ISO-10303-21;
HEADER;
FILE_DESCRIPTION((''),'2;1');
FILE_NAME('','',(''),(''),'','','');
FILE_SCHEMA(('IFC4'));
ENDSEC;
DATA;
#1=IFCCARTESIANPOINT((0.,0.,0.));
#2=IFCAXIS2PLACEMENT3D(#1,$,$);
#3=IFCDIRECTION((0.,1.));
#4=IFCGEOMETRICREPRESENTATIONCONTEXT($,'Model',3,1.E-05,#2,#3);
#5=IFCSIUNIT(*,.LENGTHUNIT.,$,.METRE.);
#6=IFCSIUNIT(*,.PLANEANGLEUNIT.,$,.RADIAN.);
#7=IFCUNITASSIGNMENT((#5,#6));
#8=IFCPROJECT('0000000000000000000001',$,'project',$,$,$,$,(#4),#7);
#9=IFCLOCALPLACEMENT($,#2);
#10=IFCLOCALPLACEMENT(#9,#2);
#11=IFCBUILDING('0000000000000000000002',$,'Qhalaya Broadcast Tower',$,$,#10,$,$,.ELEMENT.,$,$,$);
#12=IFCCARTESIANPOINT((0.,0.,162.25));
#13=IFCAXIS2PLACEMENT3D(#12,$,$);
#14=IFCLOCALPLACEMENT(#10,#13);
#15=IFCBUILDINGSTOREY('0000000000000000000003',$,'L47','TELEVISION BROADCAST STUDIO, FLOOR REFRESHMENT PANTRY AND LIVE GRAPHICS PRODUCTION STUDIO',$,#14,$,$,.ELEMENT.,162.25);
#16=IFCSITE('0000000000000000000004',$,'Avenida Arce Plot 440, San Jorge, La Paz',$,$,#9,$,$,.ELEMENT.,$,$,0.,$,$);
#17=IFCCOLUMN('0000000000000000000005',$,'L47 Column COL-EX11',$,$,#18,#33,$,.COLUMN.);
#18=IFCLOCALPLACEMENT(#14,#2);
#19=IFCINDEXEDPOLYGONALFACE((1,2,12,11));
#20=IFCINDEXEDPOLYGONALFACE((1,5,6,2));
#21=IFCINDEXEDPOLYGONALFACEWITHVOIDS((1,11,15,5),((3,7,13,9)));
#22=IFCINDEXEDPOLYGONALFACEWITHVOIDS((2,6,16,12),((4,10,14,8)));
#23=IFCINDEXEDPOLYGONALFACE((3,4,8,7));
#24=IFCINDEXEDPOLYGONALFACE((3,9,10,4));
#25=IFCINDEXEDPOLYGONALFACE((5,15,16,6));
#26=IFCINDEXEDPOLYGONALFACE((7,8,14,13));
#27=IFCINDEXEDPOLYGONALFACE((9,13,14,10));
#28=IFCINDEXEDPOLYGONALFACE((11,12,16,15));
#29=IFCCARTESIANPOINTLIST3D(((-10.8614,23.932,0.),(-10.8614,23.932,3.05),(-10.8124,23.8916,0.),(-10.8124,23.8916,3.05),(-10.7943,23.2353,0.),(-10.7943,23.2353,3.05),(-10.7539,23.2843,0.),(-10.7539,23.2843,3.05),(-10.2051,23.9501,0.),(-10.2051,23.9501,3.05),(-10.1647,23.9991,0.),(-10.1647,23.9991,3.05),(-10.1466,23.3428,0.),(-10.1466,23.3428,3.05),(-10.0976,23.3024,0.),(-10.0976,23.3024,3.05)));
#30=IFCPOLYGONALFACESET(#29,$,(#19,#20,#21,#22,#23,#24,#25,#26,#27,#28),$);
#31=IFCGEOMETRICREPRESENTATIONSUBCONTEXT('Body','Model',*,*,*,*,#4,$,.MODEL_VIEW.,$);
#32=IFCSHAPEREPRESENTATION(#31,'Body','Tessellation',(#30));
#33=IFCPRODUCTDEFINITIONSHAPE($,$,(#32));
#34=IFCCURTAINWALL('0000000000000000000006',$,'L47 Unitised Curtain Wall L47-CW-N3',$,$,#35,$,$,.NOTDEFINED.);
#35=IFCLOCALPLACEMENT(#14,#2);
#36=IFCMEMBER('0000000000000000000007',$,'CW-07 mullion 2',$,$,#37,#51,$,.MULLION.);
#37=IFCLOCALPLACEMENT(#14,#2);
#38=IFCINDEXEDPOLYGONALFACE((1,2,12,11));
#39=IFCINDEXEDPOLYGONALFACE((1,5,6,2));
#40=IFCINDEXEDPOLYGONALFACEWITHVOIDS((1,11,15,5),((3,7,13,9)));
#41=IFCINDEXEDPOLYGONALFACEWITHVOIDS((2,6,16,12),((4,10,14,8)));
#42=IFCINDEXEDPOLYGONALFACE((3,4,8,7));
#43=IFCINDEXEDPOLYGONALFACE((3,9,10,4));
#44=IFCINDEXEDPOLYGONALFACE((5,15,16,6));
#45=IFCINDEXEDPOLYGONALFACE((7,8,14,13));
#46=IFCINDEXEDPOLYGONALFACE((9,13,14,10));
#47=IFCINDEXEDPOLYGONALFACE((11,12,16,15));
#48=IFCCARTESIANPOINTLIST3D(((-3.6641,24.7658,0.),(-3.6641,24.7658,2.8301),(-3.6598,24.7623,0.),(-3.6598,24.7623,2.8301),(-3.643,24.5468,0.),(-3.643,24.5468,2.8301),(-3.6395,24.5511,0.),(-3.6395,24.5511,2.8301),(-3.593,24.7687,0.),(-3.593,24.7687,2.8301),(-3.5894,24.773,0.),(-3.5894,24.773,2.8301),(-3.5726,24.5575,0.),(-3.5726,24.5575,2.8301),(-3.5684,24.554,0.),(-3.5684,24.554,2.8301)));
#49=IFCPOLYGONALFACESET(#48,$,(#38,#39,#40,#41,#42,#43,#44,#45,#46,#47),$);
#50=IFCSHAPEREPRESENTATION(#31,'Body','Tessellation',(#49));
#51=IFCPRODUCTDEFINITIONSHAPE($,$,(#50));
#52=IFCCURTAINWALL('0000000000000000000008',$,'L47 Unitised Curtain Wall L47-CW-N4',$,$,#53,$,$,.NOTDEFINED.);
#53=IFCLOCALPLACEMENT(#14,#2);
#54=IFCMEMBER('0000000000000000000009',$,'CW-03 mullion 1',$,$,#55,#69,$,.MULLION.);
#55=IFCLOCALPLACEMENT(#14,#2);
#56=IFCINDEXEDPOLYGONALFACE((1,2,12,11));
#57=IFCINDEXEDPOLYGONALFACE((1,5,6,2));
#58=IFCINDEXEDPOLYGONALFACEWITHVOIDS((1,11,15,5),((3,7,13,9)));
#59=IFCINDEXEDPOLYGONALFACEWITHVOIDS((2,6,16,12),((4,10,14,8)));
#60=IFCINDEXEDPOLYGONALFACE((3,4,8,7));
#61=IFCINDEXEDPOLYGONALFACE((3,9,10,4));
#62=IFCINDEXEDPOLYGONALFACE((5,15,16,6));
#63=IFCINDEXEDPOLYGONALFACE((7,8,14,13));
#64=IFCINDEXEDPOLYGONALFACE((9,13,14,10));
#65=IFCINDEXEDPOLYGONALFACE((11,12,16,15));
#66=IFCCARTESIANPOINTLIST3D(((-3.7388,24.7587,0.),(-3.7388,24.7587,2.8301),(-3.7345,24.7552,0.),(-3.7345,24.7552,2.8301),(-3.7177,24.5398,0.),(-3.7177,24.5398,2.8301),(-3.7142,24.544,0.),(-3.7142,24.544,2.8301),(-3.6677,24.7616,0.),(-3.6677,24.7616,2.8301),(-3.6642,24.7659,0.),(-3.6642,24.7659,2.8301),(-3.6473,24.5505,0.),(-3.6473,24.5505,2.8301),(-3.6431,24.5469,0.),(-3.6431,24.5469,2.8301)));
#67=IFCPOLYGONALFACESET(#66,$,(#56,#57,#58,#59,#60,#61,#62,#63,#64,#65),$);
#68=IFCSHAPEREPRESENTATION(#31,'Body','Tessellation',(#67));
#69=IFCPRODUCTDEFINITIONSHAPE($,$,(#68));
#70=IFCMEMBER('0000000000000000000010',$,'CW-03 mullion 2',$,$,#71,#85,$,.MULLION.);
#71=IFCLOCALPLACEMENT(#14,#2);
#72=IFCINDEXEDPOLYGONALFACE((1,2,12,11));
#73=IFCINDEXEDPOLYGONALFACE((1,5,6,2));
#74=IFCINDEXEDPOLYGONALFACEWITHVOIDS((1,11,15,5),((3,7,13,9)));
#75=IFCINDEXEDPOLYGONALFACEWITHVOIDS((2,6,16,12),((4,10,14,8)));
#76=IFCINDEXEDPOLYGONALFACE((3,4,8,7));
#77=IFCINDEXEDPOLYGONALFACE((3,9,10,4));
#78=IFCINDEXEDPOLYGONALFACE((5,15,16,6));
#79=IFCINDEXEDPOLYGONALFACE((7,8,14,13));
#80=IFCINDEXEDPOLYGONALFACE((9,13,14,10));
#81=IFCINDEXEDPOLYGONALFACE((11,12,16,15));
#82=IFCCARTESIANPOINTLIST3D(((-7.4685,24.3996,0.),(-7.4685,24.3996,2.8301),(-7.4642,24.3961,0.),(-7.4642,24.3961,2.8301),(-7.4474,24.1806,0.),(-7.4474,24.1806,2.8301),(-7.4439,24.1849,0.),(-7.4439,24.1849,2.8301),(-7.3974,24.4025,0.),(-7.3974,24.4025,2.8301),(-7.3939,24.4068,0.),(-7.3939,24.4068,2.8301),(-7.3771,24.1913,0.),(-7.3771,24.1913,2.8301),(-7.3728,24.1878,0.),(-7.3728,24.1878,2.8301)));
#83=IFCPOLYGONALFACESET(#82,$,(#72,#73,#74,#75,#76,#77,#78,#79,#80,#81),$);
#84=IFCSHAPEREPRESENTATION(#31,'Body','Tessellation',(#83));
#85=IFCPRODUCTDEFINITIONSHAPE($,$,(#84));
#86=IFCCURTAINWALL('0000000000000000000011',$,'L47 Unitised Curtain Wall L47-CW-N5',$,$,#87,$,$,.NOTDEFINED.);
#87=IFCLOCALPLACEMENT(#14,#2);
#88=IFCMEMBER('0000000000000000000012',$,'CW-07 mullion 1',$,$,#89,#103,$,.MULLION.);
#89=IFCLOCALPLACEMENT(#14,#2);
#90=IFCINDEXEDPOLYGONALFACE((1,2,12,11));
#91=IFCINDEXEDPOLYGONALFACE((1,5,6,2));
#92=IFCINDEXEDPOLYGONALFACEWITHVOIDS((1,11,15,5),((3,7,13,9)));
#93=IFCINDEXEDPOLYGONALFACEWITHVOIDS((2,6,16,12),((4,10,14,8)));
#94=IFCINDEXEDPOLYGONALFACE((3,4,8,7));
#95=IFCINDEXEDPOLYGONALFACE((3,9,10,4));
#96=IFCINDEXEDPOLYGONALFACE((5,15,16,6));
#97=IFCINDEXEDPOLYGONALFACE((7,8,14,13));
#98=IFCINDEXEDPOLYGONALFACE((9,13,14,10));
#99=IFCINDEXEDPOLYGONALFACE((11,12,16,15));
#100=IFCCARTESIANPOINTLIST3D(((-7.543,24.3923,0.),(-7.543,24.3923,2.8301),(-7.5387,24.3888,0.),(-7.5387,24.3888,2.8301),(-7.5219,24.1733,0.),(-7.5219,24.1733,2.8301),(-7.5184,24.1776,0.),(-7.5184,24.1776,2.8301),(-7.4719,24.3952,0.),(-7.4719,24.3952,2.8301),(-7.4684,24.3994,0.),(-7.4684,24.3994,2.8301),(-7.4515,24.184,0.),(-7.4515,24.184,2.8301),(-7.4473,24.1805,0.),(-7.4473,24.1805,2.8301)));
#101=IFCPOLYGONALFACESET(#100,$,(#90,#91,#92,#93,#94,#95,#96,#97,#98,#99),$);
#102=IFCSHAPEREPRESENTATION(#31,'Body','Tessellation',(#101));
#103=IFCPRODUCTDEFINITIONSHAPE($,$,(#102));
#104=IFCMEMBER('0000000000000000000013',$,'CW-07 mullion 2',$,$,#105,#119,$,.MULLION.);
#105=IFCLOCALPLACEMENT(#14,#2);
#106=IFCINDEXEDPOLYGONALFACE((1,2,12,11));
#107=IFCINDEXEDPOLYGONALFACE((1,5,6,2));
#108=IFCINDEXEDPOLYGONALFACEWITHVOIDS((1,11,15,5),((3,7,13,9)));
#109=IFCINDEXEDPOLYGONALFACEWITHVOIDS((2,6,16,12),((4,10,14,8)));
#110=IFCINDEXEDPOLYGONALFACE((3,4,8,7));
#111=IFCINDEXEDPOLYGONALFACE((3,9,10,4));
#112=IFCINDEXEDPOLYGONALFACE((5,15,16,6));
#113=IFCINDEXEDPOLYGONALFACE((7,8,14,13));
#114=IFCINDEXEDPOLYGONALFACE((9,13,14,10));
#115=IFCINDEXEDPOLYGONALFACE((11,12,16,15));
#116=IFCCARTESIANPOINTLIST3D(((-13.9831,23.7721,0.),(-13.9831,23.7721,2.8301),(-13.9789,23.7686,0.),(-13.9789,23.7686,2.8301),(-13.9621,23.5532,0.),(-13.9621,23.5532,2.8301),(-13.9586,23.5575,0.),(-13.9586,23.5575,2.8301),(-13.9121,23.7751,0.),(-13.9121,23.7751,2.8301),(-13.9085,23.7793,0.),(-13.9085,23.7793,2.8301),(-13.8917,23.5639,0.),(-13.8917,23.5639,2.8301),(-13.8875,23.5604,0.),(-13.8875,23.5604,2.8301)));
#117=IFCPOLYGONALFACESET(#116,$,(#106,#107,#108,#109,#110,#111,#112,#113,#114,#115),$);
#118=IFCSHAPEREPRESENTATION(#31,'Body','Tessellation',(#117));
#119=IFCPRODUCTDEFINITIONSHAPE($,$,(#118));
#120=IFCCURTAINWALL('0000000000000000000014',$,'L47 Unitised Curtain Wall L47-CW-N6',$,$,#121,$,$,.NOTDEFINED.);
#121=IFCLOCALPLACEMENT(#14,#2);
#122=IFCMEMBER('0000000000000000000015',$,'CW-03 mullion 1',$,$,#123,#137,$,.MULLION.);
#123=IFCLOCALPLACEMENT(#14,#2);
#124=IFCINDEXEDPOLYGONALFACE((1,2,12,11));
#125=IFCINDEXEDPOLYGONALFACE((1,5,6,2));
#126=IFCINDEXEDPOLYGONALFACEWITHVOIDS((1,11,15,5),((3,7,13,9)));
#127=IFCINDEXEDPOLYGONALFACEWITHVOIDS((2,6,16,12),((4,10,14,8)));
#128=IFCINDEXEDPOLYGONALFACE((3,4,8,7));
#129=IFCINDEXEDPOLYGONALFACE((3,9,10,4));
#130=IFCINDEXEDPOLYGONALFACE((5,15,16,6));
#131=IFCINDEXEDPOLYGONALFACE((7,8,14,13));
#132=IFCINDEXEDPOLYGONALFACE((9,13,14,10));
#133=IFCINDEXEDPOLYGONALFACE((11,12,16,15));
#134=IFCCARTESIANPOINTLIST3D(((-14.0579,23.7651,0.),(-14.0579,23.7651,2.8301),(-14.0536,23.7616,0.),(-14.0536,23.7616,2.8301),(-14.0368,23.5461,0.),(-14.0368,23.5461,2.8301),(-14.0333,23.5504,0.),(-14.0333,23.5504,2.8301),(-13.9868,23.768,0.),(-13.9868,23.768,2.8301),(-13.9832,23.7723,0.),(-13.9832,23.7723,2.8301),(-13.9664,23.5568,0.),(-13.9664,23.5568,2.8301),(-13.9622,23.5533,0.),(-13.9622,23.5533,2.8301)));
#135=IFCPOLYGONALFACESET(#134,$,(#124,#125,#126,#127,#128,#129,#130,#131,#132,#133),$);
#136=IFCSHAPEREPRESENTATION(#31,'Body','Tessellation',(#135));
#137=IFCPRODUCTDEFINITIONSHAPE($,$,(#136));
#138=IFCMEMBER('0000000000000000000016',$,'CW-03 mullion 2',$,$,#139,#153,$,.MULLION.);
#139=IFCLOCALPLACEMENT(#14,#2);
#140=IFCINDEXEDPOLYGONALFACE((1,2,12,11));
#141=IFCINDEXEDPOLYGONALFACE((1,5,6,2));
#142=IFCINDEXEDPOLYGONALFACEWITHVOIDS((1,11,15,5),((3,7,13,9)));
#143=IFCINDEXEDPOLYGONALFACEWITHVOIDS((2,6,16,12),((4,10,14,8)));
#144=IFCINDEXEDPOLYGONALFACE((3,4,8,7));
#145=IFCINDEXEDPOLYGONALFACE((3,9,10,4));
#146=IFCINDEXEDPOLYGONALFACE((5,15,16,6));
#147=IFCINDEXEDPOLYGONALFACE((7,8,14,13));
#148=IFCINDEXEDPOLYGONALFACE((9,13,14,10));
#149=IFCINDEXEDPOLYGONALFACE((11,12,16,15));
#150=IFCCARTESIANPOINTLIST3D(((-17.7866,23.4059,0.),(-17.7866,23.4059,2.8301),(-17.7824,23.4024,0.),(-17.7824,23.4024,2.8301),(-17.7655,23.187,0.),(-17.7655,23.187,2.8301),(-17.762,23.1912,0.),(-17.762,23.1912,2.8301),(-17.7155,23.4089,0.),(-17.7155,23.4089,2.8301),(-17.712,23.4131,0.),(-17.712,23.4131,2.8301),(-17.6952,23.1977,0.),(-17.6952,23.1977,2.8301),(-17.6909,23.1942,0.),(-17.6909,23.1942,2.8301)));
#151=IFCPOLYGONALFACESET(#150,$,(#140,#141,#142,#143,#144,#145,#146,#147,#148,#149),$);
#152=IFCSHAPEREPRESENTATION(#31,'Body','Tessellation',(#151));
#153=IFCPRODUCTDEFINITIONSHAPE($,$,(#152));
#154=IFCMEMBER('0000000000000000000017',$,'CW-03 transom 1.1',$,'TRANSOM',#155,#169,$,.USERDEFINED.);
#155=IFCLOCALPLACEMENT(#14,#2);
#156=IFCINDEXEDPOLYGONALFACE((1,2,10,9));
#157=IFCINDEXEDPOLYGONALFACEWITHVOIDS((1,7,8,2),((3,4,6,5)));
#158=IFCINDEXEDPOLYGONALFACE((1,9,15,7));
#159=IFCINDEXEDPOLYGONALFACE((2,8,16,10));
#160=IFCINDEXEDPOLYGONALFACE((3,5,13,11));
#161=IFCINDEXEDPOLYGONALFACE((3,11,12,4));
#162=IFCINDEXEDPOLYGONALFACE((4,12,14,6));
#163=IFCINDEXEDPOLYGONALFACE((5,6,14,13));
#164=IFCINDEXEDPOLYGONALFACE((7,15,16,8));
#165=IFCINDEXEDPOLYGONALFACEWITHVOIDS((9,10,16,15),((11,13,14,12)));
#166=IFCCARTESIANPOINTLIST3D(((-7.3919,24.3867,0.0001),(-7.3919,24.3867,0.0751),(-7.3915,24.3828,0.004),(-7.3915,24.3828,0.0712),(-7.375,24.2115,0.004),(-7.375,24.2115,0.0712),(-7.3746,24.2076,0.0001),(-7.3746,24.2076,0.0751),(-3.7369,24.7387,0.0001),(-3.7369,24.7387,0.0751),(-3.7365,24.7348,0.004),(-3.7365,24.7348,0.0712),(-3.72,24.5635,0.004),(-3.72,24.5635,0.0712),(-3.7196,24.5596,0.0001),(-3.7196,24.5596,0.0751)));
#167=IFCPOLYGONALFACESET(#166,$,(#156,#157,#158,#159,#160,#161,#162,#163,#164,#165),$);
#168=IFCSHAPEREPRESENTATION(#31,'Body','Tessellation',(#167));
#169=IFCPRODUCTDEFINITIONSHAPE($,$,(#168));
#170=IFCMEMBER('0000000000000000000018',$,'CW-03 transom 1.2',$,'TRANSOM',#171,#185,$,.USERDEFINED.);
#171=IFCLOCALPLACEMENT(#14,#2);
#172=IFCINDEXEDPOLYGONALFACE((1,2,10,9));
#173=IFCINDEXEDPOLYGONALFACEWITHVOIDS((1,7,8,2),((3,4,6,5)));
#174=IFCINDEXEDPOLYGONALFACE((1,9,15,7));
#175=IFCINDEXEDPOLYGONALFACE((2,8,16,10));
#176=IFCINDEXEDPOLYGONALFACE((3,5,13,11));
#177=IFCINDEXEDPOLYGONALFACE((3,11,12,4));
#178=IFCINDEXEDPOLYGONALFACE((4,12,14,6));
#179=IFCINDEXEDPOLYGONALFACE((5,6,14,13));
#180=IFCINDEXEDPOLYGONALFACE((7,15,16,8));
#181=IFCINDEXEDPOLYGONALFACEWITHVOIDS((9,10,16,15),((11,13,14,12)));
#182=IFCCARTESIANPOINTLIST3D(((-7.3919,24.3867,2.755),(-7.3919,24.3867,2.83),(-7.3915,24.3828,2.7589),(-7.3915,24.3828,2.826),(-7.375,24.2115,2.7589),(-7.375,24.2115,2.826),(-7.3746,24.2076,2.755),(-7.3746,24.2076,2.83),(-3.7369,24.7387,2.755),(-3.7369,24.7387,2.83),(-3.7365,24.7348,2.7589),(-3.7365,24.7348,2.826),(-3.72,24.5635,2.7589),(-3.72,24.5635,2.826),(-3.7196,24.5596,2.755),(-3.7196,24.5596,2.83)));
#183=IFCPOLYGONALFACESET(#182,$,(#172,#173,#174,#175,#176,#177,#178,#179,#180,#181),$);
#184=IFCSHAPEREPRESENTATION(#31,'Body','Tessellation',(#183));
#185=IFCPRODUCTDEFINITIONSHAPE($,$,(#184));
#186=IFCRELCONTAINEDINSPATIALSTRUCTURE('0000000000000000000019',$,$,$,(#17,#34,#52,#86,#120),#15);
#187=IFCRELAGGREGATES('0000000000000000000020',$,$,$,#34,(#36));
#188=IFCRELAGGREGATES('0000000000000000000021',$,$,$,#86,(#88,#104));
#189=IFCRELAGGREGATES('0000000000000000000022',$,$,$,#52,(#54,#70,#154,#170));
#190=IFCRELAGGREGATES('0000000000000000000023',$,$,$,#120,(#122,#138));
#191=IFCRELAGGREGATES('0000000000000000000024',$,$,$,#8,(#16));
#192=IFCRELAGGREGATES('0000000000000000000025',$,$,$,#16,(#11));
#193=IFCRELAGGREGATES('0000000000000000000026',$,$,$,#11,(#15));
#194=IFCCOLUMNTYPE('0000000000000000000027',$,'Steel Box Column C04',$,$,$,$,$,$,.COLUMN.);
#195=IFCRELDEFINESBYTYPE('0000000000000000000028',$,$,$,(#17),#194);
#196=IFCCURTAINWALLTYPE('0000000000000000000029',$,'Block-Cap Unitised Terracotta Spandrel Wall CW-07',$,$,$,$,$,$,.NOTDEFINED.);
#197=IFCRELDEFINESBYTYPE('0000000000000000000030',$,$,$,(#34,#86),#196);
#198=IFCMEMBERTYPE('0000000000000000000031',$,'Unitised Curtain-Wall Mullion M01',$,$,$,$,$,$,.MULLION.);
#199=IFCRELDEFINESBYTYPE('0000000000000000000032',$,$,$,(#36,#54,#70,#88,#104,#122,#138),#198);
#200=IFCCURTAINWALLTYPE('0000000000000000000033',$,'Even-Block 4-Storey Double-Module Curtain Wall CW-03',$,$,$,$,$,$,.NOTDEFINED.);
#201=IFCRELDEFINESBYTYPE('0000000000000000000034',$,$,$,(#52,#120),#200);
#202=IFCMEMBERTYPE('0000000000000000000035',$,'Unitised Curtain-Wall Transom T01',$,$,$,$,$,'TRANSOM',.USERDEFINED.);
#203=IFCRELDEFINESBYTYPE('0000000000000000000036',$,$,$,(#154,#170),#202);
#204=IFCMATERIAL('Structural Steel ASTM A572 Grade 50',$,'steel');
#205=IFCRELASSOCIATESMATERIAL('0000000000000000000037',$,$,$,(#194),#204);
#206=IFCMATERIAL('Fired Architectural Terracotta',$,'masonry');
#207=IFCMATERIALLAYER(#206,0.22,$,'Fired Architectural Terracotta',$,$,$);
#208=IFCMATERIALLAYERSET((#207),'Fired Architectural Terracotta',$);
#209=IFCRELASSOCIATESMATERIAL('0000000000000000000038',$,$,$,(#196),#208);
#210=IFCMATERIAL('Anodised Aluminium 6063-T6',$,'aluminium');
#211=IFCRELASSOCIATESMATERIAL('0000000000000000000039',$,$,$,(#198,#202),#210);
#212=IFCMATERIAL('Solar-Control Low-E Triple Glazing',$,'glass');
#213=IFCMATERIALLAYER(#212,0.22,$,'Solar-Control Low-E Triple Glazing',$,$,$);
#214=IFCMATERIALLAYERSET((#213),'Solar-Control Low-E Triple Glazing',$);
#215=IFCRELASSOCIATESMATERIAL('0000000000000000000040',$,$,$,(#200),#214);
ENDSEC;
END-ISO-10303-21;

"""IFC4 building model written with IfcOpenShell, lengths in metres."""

from ifc_helpers import new_model, si_unit, direction, frame, origin, origin_2d, place, context, subcontext, project, spatial, hollow_rectangle, extrude, material, layer, layer_set, material_profile, profile_set, type_object, element, aggregate, save


model = new_model("IFC4")

# Units and contexts
model_context = context("Model", 3, precision=1e-05, world=origin(), true_north=direction((0.0, 1.0)))
body_context = subcontext(model_context, "Body", "Model", "MODEL_VIEW")
ifc_project = project(units=[si_unit("LENGTHUNIT", "METRE"), si_unit("PLANEANGLEUNIT", "RADIAN")], contexts=[model_context])

# Site, building, storey
site_placement = place(None, origin())
site = spatial("IfcSite", under=ifc_project, at=site_placement, Name="Avenida Arce Plot 440, San Jorge, La Paz", CompositionType="ELEMENT", RefElevation=0.0)
building_placement = place(site_placement, origin())
building = spatial("IfcBuilding", under=site, at=building_placement, Name="Qhalaya Broadcast Tower", CompositionType="ELEMENT")
storey_placement = place(building_placement, frame((0.0, 0.0, 162.25)))
storey = spatial("IfcBuildingStorey", under=building, at=storey_placement, Name="L47", Description="TELEVISION BROADCAST STUDIO, FLOOR REFRESHMENT PANTRY AND LIVE GRAPHICS PRODUCTION STUDIO", CompositionType="ELEMENT", Elevation=162.25)

# Column
ifc_material_1 = material(Name="Structural Steel ASTM A572 Grade 50", Category="steel")
ifc_material_profile_1 = material_profile(ifc_material_1, hollow_rectangle(XDim=0.7, YDim=0.7, WallThickness=0.0449, at=origin_2d()), Name="BOX 700x700x45")
ifc_profile_set_1 = profile_set([ifc_material_profile_1], Name="Structural Steel ASTM A572 Grade 50")
column_type = type_object("IfcColumnType", Name="Steel Box Column C04", PredefinedType="COLUMN", material=ifc_profile_set_1)
column_placement = place(storey_placement, frame((-10.4795, 23.6172, 0.0), z_axis=(0.0, 0.0, 1.0), x_axis=(0.995396, 0.095846, 0.0)))
element("IfcColumn", 1, at=column_placement, inside=storey, type_object=column_type, Name="L47 Column COL-EX11", PredefinedType="COLUMN", context=body_context, shape_type="SweptSolid", body=[
    extrude(hollow_rectangle(XDim=0.7, YDim=0.7, WallThickness=0.0449, at=origin_2d()), origin(), (0.0, 0.0, 1.0), 3.05),
])

# Curtain wall, member
ifc_material_2 = material(Name="Fired Architectural Terracotta", Category="masonry")
ifc_layer_1 = layer(ifc_material_2, 0.22, Name="Fired Architectural Terracotta")
ifc_layer_set_1 = layer_set([ifc_layer_1], Name="Fired Architectural Terracotta")
curtain_wall_type_1 = type_object("IfcCurtainWallType", Name="Block-Cap Unitised Terracotta Spandrel Wall CW-07", PredefinedType="NOTDEFINED", material=ifc_layer_set_1)
curtain_wall_1_placement = place(storey_placement, origin())
curtain_wall_1 = element("IfcCurtainWall", 2, at=curtain_wall_1_placement, inside=storey, type_object=curtain_wall_type_1, Name="L47 Unitised Curtain Wall L47-CW-N3", PredefinedType="NOTDEFINED")
ifc_material_3 = material(Name="Anodised Aluminium 6063-T6", Category="aluminium")
ifc_material_profile_2 = material_profile(ifc_material_3, hollow_rectangle(XDim=0.075, YDim=0.22, WallThickness=0.0039, at=origin_2d()), Name="ALU-MUL 75x220x4")
ifc_profile_set_2 = profile_set([ifc_material_profile_2], Name="Anodised Aluminium 6063-T6")
member_type_1 = type_object("IfcMemberType", Name="Unitised Curtain-Wall Mullion M01", PredefinedType="MULLION", material=ifc_profile_set_2)
member_1_placement = place(storey_placement, frame((-3.6162, 24.6599, 0.0), z_axis=(0.0, 0.0, 1.0), x_axis=(-0.995396, -0.095844, 0.0)))
member_1 = element("IfcMember", 3, at=member_1_placement, type_object=member_type_1, Name="CW-07 mullion 2", PredefinedType="MULLION", context=body_context, shape_type="SweptSolid", body=[
    extrude(hollow_rectangle(XDim=0.075, YDim=0.22, WallThickness=0.0039, at=origin_2d()), origin(), (0.0, 0.0, 1.0), 2.8301),
])
aggregate(curtain_wall_1, [member_1])

# Curtain walls, members
ifc_material_4 = material(Name="Solar-Control Low-E Triple Glazing", Category="glass")
ifc_layer_2 = layer(ifc_material_4, 0.22, Name="Solar-Control Low-E Triple Glazing")
ifc_layer_set_2 = layer_set([ifc_layer_2], Name="Solar-Control Low-E Triple Glazing")
curtain_wall_type_2 = type_object("IfcCurtainWallType", Name="Even-Block 4-Storey Double-Module Curtain Wall CW-03", PredefinedType="NOTDEFINED", material=ifc_layer_set_2)
curtain_wall_2_placement = place(storey_placement, origin())
curtain_wall_2 = element("IfcCurtainWall", 4, at=curtain_wall_2_placement, inside=storey, type_object=curtain_wall_type_2, Name="L47 Unitised Curtain Wall L47-CW-N4", PredefinedType="NOTDEFINED")
member_2_placement = place(storey_placement, frame((-3.6909, 24.6528, 0.0), z_axis=(0.0, 0.0, 1.0), x_axis=(-0.995394, -0.095866, 0.0)))
member_2 = element("IfcMember", 5, at=member_2_placement, type_object=member_type_1, Name="CW-03 mullion 1", PredefinedType="MULLION", context=body_context, shape_type="SweptSolid", body=[
    extrude(hollow_rectangle(XDim=0.075, YDim=0.22, WallThickness=0.0039, at=origin_2d()), origin(), (0.0, 0.0, 1.0), 2.8301),
])
member_3_placement = place(storey_placement, frame((-7.4207, 24.2937, 0.0), z_axis=(0.0, 0.0, 1.0), x_axis=(-0.995394, -0.095866, 0.0)))
member_3 = element("IfcMember", 6, at=member_3_placement, type_object=member_type_1, Name="CW-03 mullion 2", PredefinedType="MULLION", context=body_context, shape_type="SweptSolid", body=[
    extrude(hollow_rectangle(XDim=0.075, YDim=0.22, WallThickness=0.0039, at=origin_2d()), origin(), (0.0, 0.0, 1.0), 2.8301),
])
curtain_wall_3_placement = place(storey_placement, origin())
curtain_wall_3 = element("IfcCurtainWall", 7, at=curtain_wall_3_placement, inside=storey, type_object=curtain_wall_type_1, Name="L47 Unitised Curtain Wall L47-CW-N5", PredefinedType="NOTDEFINED")
member_4_placement = place(storey_placement, frame((-7.4951, 24.2864, 0.0), z_axis=(0.0, 0.0, 1.0), x_axis=(-0.995396, -0.095845, 0.0)))
member_4 = element("IfcMember", 8, at=member_4_placement, type_object=member_type_1, Name="CW-07 mullion 1", PredefinedType="MULLION", context=body_context, shape_type="SweptSolid", body=[
    extrude(hollow_rectangle(XDim=0.075, YDim=0.22, WallThickness=0.0039, at=origin_2d()), origin(), (0.0, 0.0, 1.0), 2.8301),
])
member_5_placement = place(storey_placement, frame((-13.9353, 23.6663, 0.0), z_axis=(0.0, 0.0, 1.0), x_axis=(-0.995396, -0.095845, 0.0)))
member_5 = element("IfcMember", 9, at=member_5_placement, type_object=member_type_1, Name="CW-07 mullion 2", PredefinedType="MULLION", context=body_context, shape_type="SweptSolid", body=[
    extrude(hollow_rectangle(XDim=0.075, YDim=0.22, WallThickness=0.0039, at=origin_2d()), origin(), (0.0, 0.0, 1.0), 2.8301),
])
curtain_wall_4_placement = place(storey_placement, origin())
curtain_wall_4 = element("IfcCurtainWall", 10, at=curtain_wall_4_placement, inside=storey, type_object=curtain_wall_type_2, Name="L47 Unitised Curtain Wall L47-CW-N6", PredefinedType="NOTDEFINED")
member_6_placement = place(storey_placement, frame((-14.01, 23.6592, 0.0), z_axis=(0.0, 0.0, 1.0), x_axis=(-0.995397, -0.095839, 0.0)))
member_6 = element("IfcMember", 11, at=member_6_placement, type_object=member_type_1, Name="CW-03 mullion 1", PredefinedType="MULLION", context=body_context, shape_type="SweptSolid", body=[
    extrude(hollow_rectangle(XDim=0.075, YDim=0.22, WallThickness=0.0039, at=origin_2d()), origin(), (0.0, 0.0, 1.0), 2.8301),
])
member_7_placement = place(storey_placement, frame((-17.7388, 23.3, 0.0), z_axis=(0.0, 0.0, 1.0), x_axis=(-0.995397, -0.095839, 0.0)))
member_7 = element("IfcMember", 12, at=member_7_placement, type_object=member_type_1, Name="CW-03 mullion 2", PredefinedType="MULLION", context=body_context, shape_type="SweptSolid", body=[
    extrude(hollow_rectangle(XDim=0.075, YDim=0.22, WallThickness=0.0039, at=origin_2d()), origin(), (0.0, 0.0, 1.0), 2.8301),
])

# Members
ifc_material_profile_3 = material_profile(ifc_material_3, hollow_rectangle(XDim=0.075, YDim=0.1799, WallThickness=0.0039, at=origin_2d()), Name="ALU-TRN 75x180x4")
ifc_profile_set_3 = profile_set([ifc_material_profile_3], Name="Anodised Aluminium 6063-T6")
member_type_2 = type_object("IfcMemberType", Name="Unitised Curtain-Wall Transom T01", ElementType="TRANSOM", PredefinedType="USERDEFINED", material=ifc_profile_set_3)
member_8_placement = place(storey_placement, frame((-3.7283, 24.6492, 0.0376), z_axis=(-0.995393, -0.095876, 0.0), x_axis=(0.0, 0.0, 1.0)))
member_8 = element("IfcMember", 13, at=member_8_placement, type_object=member_type_2, Name="CW-03 transom 1.1", ObjectType="TRANSOM", PredefinedType="USERDEFINED", context=body_context, shape_type="SweptSolid", body=[
    extrude(hollow_rectangle(XDim=0.075, YDim=0.1799, WallThickness=0.0039, at=origin_2d()), origin(), (0.0, 0.0, 1.0), 3.6719),
])
member_9_placement = place(storey_placement, frame((-3.7283, 24.6492, 2.7925), z_axis=(-0.995393, -0.095876, 0.0), x_axis=(0.0, 0.0, 1.0)))
member_9 = element("IfcMember", 14, at=member_9_placement, type_object=member_type_2, Name="CW-03 transom 1.2", ObjectType="TRANSOM", PredefinedType="USERDEFINED", context=body_context, shape_type="SweptSolid", body=[
    extrude(hollow_rectangle(XDim=0.075, YDim=0.1799, WallThickness=0.0039, at=origin_2d()), origin(), (0.0, 0.0, 1.0), 3.6719),
])

aggregate(curtain_wall_3, [member_4, member_5])
aggregate(curtain_wall_2, [member_2, member_3, member_8, member_9])
aggregate(curtain_wall_4, [member_6, member_7])

save(model, "model.ifc")
